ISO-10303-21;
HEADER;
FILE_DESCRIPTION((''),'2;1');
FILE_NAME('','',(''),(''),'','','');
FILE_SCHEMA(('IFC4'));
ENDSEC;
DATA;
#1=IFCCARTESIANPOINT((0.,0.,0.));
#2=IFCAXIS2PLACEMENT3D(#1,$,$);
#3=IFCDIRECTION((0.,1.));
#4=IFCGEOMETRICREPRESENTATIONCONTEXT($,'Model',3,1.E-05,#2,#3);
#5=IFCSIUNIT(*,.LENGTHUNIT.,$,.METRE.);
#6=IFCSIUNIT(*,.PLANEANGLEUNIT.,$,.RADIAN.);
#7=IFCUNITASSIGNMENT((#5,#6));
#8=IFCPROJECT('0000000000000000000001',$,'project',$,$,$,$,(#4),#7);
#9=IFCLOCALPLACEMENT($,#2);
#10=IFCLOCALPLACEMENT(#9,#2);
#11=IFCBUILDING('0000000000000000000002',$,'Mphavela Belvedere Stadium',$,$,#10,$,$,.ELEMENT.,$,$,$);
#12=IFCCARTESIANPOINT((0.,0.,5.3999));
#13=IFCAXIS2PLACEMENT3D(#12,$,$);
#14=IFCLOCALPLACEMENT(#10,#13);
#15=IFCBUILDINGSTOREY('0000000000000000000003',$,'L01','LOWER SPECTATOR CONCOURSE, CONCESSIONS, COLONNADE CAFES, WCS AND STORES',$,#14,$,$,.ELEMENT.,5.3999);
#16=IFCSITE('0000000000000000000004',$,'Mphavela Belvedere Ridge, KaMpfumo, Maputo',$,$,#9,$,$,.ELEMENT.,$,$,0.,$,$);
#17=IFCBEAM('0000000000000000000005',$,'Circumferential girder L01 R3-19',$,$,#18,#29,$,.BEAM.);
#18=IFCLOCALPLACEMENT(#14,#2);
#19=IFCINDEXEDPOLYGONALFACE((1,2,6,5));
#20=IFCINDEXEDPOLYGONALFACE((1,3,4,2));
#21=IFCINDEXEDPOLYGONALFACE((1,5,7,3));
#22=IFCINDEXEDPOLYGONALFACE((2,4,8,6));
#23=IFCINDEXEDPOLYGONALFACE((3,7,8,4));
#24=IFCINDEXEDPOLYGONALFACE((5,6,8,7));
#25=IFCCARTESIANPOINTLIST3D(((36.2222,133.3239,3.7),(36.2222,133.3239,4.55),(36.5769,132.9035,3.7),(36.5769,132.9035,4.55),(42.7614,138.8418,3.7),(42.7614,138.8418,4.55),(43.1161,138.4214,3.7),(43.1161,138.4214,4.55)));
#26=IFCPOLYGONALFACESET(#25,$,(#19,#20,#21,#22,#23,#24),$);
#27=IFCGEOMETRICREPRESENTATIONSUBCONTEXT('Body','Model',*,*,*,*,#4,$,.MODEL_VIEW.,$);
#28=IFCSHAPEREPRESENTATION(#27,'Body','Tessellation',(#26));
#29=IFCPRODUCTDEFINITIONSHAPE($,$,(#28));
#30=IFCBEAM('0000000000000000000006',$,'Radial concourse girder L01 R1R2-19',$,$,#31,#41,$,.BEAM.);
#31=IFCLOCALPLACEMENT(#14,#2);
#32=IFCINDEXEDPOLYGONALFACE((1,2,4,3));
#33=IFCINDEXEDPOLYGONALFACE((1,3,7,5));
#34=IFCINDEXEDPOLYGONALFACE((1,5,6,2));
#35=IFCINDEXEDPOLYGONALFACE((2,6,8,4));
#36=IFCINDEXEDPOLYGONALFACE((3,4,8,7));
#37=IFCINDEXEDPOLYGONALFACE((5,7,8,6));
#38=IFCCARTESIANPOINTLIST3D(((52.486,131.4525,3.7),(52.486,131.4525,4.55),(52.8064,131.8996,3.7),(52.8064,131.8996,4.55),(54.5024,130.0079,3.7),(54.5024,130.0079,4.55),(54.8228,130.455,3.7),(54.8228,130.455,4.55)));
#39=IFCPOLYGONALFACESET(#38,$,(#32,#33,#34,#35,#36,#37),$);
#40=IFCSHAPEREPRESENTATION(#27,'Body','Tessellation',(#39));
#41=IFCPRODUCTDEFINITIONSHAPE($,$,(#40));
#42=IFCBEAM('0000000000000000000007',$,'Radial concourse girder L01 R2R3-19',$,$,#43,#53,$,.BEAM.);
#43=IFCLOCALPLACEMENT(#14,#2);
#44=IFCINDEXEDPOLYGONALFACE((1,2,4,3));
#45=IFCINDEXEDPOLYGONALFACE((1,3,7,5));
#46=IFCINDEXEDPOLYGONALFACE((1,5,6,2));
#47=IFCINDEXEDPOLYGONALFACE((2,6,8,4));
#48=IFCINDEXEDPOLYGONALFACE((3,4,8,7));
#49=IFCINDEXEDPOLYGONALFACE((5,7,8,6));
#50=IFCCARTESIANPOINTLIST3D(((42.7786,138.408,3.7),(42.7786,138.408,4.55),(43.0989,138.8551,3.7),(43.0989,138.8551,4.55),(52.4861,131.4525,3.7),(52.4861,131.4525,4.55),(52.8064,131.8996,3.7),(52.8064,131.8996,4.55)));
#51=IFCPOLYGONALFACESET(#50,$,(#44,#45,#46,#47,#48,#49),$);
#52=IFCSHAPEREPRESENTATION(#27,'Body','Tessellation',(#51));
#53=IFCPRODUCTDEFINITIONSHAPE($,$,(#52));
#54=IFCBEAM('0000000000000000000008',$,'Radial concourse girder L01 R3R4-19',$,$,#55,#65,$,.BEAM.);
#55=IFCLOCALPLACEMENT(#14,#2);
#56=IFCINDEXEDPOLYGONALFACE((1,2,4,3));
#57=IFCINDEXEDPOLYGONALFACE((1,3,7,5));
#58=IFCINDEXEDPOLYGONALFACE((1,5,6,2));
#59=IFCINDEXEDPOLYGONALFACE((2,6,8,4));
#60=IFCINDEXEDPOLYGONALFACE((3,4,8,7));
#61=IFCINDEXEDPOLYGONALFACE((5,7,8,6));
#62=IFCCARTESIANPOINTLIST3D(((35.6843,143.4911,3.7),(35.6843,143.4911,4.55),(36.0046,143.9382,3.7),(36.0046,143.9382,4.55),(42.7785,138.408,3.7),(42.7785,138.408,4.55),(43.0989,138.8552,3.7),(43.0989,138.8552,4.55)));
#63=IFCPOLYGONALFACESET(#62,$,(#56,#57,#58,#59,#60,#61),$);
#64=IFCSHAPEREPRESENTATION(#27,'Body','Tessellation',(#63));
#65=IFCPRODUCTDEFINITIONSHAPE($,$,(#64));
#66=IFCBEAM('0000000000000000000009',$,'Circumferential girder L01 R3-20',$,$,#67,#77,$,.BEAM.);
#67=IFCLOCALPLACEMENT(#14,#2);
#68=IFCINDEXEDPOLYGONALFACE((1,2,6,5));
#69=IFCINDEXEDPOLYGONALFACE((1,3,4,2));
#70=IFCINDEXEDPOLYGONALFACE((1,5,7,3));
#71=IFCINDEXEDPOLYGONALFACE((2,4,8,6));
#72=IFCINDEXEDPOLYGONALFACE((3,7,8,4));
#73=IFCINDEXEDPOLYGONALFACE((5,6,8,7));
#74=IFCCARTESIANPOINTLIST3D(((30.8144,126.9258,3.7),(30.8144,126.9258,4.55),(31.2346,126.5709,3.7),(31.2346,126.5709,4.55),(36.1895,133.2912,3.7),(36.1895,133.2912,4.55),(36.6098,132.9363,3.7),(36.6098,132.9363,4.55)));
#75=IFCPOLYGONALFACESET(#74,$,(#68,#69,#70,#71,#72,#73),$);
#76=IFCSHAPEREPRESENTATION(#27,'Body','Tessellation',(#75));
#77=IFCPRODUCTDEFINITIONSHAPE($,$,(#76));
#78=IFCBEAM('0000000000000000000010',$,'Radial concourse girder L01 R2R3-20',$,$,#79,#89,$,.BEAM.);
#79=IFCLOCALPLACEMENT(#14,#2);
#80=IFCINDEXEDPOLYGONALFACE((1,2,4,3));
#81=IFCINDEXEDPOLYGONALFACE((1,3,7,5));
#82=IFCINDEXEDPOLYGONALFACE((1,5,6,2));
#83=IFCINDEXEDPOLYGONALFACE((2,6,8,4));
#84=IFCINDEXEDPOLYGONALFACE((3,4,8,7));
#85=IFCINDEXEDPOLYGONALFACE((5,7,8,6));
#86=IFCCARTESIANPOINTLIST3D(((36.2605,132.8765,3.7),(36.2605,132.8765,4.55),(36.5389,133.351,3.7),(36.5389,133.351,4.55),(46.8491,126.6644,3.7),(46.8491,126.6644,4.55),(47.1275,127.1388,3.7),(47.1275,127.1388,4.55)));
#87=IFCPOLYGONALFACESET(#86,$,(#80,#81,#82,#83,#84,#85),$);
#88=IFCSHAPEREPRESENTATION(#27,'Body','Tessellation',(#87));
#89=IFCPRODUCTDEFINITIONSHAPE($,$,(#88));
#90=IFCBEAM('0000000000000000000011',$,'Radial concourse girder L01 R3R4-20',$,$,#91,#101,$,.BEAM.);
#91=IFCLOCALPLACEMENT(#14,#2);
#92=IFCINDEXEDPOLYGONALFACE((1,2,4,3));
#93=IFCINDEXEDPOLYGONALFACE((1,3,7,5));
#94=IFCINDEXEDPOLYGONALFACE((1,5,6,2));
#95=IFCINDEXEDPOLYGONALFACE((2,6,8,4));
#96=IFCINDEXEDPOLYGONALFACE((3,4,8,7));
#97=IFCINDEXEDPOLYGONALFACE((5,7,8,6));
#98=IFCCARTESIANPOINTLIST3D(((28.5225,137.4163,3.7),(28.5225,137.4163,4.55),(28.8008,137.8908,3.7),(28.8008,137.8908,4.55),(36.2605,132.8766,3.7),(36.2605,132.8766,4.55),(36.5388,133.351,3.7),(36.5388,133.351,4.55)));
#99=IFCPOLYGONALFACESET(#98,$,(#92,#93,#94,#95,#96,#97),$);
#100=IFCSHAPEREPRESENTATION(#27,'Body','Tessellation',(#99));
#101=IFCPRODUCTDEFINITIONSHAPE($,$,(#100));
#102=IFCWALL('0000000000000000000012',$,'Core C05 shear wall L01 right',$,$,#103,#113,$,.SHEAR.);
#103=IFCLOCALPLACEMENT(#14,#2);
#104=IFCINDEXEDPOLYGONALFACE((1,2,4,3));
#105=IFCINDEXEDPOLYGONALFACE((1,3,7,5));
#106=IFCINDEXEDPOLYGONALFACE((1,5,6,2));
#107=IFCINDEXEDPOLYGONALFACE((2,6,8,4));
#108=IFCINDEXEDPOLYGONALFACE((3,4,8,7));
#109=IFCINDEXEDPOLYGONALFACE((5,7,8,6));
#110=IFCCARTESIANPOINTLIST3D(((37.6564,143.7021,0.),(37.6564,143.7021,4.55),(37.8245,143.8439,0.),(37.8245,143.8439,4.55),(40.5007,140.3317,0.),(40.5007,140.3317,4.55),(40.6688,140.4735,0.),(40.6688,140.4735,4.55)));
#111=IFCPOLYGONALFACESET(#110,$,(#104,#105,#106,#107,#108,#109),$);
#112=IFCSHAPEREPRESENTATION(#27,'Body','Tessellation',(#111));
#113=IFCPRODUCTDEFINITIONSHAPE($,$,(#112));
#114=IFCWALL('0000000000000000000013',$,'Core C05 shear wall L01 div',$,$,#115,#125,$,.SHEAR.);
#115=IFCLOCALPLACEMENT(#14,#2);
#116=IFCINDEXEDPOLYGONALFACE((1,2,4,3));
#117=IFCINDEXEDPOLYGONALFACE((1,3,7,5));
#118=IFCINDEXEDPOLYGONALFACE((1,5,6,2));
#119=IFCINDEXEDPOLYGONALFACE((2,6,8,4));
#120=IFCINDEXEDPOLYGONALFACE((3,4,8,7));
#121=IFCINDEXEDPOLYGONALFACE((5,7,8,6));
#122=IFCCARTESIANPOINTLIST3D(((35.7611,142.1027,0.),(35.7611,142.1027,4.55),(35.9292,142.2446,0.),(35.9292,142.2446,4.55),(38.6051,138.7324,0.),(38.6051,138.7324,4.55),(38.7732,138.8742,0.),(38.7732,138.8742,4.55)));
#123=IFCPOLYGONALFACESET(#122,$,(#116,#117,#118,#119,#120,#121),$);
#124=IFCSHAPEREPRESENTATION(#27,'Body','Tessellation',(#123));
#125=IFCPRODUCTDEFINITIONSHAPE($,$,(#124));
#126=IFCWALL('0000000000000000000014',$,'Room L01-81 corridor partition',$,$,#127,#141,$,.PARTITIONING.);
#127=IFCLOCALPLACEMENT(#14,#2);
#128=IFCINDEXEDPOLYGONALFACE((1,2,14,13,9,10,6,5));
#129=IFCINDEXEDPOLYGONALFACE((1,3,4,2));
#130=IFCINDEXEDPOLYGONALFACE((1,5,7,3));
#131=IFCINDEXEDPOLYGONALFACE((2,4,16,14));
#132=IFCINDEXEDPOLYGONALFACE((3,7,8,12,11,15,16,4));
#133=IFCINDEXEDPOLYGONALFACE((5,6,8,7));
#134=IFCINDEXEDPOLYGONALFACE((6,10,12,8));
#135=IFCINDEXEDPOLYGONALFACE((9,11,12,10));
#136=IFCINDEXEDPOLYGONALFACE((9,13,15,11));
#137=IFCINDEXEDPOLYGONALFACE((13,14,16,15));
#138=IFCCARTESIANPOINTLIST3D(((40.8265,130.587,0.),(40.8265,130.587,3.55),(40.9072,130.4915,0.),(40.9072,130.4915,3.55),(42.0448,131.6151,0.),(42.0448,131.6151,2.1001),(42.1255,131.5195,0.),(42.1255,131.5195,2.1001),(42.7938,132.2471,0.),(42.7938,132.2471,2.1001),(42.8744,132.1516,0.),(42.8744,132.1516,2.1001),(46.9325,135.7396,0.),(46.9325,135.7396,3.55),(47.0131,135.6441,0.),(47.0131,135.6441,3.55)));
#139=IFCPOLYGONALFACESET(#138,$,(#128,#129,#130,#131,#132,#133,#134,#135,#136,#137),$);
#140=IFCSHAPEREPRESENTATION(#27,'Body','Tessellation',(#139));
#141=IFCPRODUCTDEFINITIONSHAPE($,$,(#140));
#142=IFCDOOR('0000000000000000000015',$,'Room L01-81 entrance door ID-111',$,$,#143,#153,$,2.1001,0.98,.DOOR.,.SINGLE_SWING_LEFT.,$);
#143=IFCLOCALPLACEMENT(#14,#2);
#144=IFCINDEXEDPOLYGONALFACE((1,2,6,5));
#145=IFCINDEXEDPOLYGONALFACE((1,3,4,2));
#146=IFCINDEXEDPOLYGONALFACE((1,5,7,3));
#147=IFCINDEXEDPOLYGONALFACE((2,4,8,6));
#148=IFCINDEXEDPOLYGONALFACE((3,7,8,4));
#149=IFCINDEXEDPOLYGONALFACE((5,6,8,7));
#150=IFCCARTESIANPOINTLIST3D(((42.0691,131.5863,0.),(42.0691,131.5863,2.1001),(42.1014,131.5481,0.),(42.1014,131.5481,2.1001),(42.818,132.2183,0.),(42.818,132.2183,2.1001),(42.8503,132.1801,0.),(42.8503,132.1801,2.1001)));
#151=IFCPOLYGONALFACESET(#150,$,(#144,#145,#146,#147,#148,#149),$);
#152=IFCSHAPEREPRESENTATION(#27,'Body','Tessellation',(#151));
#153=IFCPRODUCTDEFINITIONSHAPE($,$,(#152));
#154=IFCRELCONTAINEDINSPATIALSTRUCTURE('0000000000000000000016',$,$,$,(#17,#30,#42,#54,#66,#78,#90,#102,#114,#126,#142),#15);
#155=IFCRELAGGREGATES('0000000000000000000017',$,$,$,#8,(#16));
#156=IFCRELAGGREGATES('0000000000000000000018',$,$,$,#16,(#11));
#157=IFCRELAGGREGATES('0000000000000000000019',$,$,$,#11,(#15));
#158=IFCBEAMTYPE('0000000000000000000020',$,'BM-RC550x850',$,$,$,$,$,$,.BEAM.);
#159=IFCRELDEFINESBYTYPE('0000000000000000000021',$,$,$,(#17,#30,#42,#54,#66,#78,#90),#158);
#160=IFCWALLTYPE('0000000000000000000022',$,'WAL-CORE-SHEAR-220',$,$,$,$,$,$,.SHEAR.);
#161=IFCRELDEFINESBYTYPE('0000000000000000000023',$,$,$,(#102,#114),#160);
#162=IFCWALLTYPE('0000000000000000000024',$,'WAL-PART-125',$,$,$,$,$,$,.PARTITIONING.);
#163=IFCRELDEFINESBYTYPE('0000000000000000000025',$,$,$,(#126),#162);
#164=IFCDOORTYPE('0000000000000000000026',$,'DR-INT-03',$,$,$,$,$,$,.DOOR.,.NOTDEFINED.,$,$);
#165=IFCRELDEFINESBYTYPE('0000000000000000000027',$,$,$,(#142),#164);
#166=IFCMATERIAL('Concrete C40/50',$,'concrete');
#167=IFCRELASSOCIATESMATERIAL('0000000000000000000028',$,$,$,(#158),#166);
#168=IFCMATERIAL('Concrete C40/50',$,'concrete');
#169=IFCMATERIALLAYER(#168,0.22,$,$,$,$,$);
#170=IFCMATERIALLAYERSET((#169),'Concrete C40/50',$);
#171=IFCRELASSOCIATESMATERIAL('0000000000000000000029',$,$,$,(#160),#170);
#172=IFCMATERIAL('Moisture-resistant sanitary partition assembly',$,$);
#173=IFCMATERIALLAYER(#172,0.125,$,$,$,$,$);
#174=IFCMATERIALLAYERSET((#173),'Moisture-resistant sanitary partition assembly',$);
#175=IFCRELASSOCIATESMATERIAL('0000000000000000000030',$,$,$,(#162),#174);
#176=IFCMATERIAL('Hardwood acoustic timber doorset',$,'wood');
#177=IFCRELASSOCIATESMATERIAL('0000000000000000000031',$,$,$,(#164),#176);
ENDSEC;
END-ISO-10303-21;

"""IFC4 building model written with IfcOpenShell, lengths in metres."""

from ifc_helpers import new_model, si_unit, direction, frame, frame_2d, origin, origin_2d, place, context, subcontext, project, spatial, rectangle, extrude, material, layer, layer_set, material_profile, profile_set, type_object, element, fill, save


model = new_model("IFC4")

# Units and contexts
model_context = context("Model", 3, precision=1e-05, world=origin(), true_north=direction((0.0, 1.0)))
body_context = subcontext(model_context, "Body", "Model", "MODEL_VIEW")
ifc_project = project(units=[si_unit("LENGTHUNIT", "METRE"), si_unit("PLANEANGLEUNIT", "RADIAN")], contexts=[model_context])

# Site, building, storey
site_placement = place(None, origin())
site = spatial("IfcSite", under=ifc_project, at=site_placement, Name="Mphavela Belvedere Ridge, KaMpfumo, Maputo", CompositionType="ELEMENT", RefElevation=0.0)
building_placement = place(site_placement, origin())
building = spatial("IfcBuilding", under=site, at=building_placement, Name="Mphavela Belvedere Stadium", CompositionType="ELEMENT")
storey_placement = place(building_placement, frame((0.0, 0.0, 5.3999)))
storey = spatial("IfcBuildingStorey", under=building, at=storey_placement, Name="L01", Description="LOWER SPECTATOR CONCOURSE, CONCESSIONS, COLONNADE CAFES, WCS AND STORES", CompositionType="ELEMENT", Elevation=5.3999)

# Beams
ifc_material_1 = material(Name="Concrete C40/50", Category="concrete")
ifc_material_profile_1 = material_profile(ifc_material_1, rectangle(XDim=0.55, YDim=0.8501, at=origin_2d()), Name="RC 550x850")
ifc_profile_set_1 = profile_set([ifc_material_profile_1], Name="Concrete C40/50")
beam_type_1 = type_object("IfcBeamType", Name="BM-RC550x850", PredefinedType="BEAM", material=ifc_profile_set_1)
beam_1_placement = place(storey_placement, frame((42.9387, 138.6316, 4.125), z_axis=(-0.764263, -0.644904, 0.0), x_axis=(0.644904, -0.764263, 0.0)))
element("IfcBeam", 1, at=beam_1_placement, inside=storey, type_object=beam_type_1, Name="Circumferential girder L01 R3-19", PredefinedType="BEAM", context=body_context, shape_type="SweptSolid", body=[
    extrude(rectangle(XDim=0.55, YDim=0.8501, at=origin_2d()), origin(), (0.0, 0.0, 1.0), 8.5562),
])
beam_2_placement = place(storey_placement, frame((54.6626, 130.2314, 4.125), z_axis=(-0.812908, 0.582392, 0.0), x_axis=(-0.582392, -0.812908, 0.0)))
element("IfcBeam", 2, at=beam_2_placement, inside=storey, type_object=beam_type_1, Name="Radial concourse girder L01 R1R2-19", PredefinedType="BEAM", context=body_context, shape_type="SweptSolid", body=[
    extrude(rectangle(XDim=0.55, YDim=0.8501, at=origin_2d()), origin(), (0.0, 0.0, 1.0), 2.4805),
])
beam_3_placement = place(storey_placement, frame((52.6462, 131.676, 4.125), z_axis=(-0.812876, 0.582437, 0.0), x_axis=(-0.582437, -0.812876, 0.0)))
element("IfcBeam", 3, at=beam_3_placement, inside=storey, type_object=beam_type_1, Name="Radial concourse girder L01 R2R3-19", PredefinedType="BEAM", context=body_context, shape_type="SweptSolid", body=[
    extrude(rectangle(XDim=0.55, YDim=0.8501, at=origin_2d()), origin(), (0.0, 0.0, 1.0), 11.9421),
])
beam_4_placement = place(storey_placement, frame((42.9387, 138.6316, 4.125), z_axis=(-0.812882, 0.582428, 0.0), x_axis=(-0.582428, -0.812882, 0.0)))
element("IfcBeam", 4, at=beam_4_placement, inside=storey, type_object=beam_type_1, Name="Radial concourse girder L01 R3R4-19", PredefinedType="BEAM", context=body_context, shape_type="SweptSolid", body=[
    extrude(rectangle(XDim=0.55, YDim=0.8501, at=origin_2d()), origin(), (0.0, 0.0, 1.0), 8.7273),
])
beam_5_placement = place(storey_placement, frame((36.3997, 133.1138, 4.125), z_axis=(-0.645177, -0.764033, 0.0), x_axis=(0.764033, -0.645177, 0.0)))
element("IfcBeam", 5, at=beam_5_placement, inside=storey, type_object=beam_type_1, Name="Circumferential girder L01 R3-20", PredefinedType="BEAM", context=body_context, shape_type="SweptSolid", body=[
    extrude(rectangle(XDim=0.55, YDim=0.8501, at=origin_2d()), origin(), (0.0, 0.0, 1.0), 8.3313),
])
beam_6_placement = place(storey_placement, frame((46.9883, 126.9016, 4.125), z_axis=(-0.862519, 0.506025, 0.0), x_axis=(-0.506025, -0.862519, 0.0)))
element("IfcBeam", 6, at=beam_6_placement, inside=storey, type_object=beam_type_1, Name="Radial concourse girder L01 R2R3-20", PredefinedType="BEAM", context=body_context, shape_type="SweptSolid", body=[
    extrude(rectangle(XDim=0.55, YDim=0.8501, at=origin_2d()), origin(), (0.0, 0.0, 1.0), 12.2764),
])
beam_7_placement = place(storey_placement, frame((36.3997, 133.1138, 4.125), z_axis=(-0.862518, 0.506027, 0.0), x_axis=(-0.506027, -0.862518, 0.0)))
element("IfcBeam", 7, at=beam_7_placement, inside=storey, type_object=beam_type_1, Name="Radial concourse girder L01 R3R4-20", PredefinedType="BEAM", context=body_context, shape_type="SweptSolid", body=[
    extrude(rectangle(XDim=0.55, YDim=0.8501, at=origin_2d()), origin(), (0.0, 0.0, 1.0), 8.9714),
])

# Walls
ifc_material_2 = material(Name="Concrete C40/50", Category="concrete")
ifc_layer_1 = layer(ifc_material_2, 0.22)
ifc_layer_set_1 = layer_set([ifc_layer_1], Name="Concrete C40/50")
wall_type_1 = type_object("IfcWallType", Name="WAL-CORE-SHEAR-220", PredefinedType="SHEAR", material=ifc_layer_set_1)
wall_1_placement = place(storey_placement, frame((40.5847, 140.4026, 0.0), z_axis=(0.0, 0.0, 1.0), x_axis=(-0.644937, 0.764236, 0.0)))
element("IfcWall", 8, at=wall_1_placement, inside=storey, type_object=wall_type_1, Name="Core C05 shear wall L01 right", PredefinedType="SHEAR", context=body_context, shape_type="SweptSolid", body=[
    extrude(rectangle(XDim=4.4102, YDim=0.22, at=frame_2d((2.2051, 0.0))), origin(), (0.0, 0.0, 1.0), 4.55),
])
wall_2_placement = place(storey_placement, frame((38.6892, 138.8032, 0.0), z_axis=(0.0, 0.0, 1.0), x_axis=(-0.644904, 0.764263, 0.0)))
element("IfcWall", 9, at=wall_2_placement, inside=storey, type_object=wall_type_1, Name="Core C05 shear wall L01 div", PredefinedType="SHEAR", context=body_context, shape_type="SweptSolid", body=[
    extrude(rectangle(XDim=4.4099, YDim=0.22, at=frame_2d((2.2051, 0.0))), origin(), (0.0, 0.0, 1.0), 4.55),
])

# Wall, opening, door
ifc_material_3 = material(Name="Moisture-resistant sanitary partition assembly")
ifc_layer_2 = layer(ifc_material_3, 0.125)
ifc_layer_set_2 = layer_set([ifc_layer_2], Name="Moisture-resistant sanitary partition assembly")
wall_type_2 = type_object("IfcWallType", Name="WAL-PART-125", PredefinedType="PARTITIONING", material=ifc_layer_set_2)
wall_3_placement = place(storey_placement, frame((40.8669, 130.5393, 0.0), z_axis=(0.0, 0.0, 1.0), x_axis=(0.764249, 0.644921, 0.0)))
wall_3 = element("IfcWall", 10, at=wall_3_placement, inside=storey, type_object=wall_type_2, Name="Room L01-81 corridor partition", PredefinedType="PARTITIONING", context=body_context, shape_type="SweptSolid", body=[
    extrude(rectangle(XDim=7.9895, YDim=0.125, at=frame_2d((3.9946, 0.0))), origin(), (0.0, 0.0, 1.0), 3.55),
])
opening_1_placement = place(wall_3_placement, frame((1.594, 0.0, 0.0)))
opening_1 = element("IfcOpeningElement", 11, at=opening_1_placement, cuts=wall_3, PredefinedType="OPENING", context=body_context, shape_type="SweptSolid", body=[
    extrude(rectangle(XDim=0.98, YDim=2.1001, at=frame_2d((0.49, 1.05))), frame((0.0, 0.0725, 0.0), z_axis=(0.0, -1.0, 0.0), x_axis=(1.0, 0.0, 0.0)), (0.0, 0.0, 1.0), 0.145),
])
ifc_material_4 = material(Name="Hardwood acoustic timber doorset", Category="wood")
door_type_1 = type_object("IfcDoorType", Name="DR-INT-03", OperationType="NOTDEFINED", PredefinedType="DOOR", material=ifc_material_4)
door_1_placement = place(opening_1_placement, origin())
door_1 = element("IfcDoor", 12, at=door_1_placement, inside=storey, type_object=door_type_1, Name="Room L01-81 entrance door ID-111", OperationType="SINGLE_SWING_LEFT", OverallHeight=2.1001, OverallWidth=0.98, PredefinedType="DOOR", context=body_context, shape_type="SweptSolid", body=[
    extrude(rectangle(XDim=0.98, YDim=2.1001, at=frame_2d((0.49, 1.05))), frame((0.0, 0.0249, 0.0), z_axis=(0.0, -1.0, 0.0), x_axis=(1.0, 0.0, 0.0)), (0.0, 0.0, 1.0), 0.05),
])
fill(opening_1, door_1)

save(model, "model.ifc")
